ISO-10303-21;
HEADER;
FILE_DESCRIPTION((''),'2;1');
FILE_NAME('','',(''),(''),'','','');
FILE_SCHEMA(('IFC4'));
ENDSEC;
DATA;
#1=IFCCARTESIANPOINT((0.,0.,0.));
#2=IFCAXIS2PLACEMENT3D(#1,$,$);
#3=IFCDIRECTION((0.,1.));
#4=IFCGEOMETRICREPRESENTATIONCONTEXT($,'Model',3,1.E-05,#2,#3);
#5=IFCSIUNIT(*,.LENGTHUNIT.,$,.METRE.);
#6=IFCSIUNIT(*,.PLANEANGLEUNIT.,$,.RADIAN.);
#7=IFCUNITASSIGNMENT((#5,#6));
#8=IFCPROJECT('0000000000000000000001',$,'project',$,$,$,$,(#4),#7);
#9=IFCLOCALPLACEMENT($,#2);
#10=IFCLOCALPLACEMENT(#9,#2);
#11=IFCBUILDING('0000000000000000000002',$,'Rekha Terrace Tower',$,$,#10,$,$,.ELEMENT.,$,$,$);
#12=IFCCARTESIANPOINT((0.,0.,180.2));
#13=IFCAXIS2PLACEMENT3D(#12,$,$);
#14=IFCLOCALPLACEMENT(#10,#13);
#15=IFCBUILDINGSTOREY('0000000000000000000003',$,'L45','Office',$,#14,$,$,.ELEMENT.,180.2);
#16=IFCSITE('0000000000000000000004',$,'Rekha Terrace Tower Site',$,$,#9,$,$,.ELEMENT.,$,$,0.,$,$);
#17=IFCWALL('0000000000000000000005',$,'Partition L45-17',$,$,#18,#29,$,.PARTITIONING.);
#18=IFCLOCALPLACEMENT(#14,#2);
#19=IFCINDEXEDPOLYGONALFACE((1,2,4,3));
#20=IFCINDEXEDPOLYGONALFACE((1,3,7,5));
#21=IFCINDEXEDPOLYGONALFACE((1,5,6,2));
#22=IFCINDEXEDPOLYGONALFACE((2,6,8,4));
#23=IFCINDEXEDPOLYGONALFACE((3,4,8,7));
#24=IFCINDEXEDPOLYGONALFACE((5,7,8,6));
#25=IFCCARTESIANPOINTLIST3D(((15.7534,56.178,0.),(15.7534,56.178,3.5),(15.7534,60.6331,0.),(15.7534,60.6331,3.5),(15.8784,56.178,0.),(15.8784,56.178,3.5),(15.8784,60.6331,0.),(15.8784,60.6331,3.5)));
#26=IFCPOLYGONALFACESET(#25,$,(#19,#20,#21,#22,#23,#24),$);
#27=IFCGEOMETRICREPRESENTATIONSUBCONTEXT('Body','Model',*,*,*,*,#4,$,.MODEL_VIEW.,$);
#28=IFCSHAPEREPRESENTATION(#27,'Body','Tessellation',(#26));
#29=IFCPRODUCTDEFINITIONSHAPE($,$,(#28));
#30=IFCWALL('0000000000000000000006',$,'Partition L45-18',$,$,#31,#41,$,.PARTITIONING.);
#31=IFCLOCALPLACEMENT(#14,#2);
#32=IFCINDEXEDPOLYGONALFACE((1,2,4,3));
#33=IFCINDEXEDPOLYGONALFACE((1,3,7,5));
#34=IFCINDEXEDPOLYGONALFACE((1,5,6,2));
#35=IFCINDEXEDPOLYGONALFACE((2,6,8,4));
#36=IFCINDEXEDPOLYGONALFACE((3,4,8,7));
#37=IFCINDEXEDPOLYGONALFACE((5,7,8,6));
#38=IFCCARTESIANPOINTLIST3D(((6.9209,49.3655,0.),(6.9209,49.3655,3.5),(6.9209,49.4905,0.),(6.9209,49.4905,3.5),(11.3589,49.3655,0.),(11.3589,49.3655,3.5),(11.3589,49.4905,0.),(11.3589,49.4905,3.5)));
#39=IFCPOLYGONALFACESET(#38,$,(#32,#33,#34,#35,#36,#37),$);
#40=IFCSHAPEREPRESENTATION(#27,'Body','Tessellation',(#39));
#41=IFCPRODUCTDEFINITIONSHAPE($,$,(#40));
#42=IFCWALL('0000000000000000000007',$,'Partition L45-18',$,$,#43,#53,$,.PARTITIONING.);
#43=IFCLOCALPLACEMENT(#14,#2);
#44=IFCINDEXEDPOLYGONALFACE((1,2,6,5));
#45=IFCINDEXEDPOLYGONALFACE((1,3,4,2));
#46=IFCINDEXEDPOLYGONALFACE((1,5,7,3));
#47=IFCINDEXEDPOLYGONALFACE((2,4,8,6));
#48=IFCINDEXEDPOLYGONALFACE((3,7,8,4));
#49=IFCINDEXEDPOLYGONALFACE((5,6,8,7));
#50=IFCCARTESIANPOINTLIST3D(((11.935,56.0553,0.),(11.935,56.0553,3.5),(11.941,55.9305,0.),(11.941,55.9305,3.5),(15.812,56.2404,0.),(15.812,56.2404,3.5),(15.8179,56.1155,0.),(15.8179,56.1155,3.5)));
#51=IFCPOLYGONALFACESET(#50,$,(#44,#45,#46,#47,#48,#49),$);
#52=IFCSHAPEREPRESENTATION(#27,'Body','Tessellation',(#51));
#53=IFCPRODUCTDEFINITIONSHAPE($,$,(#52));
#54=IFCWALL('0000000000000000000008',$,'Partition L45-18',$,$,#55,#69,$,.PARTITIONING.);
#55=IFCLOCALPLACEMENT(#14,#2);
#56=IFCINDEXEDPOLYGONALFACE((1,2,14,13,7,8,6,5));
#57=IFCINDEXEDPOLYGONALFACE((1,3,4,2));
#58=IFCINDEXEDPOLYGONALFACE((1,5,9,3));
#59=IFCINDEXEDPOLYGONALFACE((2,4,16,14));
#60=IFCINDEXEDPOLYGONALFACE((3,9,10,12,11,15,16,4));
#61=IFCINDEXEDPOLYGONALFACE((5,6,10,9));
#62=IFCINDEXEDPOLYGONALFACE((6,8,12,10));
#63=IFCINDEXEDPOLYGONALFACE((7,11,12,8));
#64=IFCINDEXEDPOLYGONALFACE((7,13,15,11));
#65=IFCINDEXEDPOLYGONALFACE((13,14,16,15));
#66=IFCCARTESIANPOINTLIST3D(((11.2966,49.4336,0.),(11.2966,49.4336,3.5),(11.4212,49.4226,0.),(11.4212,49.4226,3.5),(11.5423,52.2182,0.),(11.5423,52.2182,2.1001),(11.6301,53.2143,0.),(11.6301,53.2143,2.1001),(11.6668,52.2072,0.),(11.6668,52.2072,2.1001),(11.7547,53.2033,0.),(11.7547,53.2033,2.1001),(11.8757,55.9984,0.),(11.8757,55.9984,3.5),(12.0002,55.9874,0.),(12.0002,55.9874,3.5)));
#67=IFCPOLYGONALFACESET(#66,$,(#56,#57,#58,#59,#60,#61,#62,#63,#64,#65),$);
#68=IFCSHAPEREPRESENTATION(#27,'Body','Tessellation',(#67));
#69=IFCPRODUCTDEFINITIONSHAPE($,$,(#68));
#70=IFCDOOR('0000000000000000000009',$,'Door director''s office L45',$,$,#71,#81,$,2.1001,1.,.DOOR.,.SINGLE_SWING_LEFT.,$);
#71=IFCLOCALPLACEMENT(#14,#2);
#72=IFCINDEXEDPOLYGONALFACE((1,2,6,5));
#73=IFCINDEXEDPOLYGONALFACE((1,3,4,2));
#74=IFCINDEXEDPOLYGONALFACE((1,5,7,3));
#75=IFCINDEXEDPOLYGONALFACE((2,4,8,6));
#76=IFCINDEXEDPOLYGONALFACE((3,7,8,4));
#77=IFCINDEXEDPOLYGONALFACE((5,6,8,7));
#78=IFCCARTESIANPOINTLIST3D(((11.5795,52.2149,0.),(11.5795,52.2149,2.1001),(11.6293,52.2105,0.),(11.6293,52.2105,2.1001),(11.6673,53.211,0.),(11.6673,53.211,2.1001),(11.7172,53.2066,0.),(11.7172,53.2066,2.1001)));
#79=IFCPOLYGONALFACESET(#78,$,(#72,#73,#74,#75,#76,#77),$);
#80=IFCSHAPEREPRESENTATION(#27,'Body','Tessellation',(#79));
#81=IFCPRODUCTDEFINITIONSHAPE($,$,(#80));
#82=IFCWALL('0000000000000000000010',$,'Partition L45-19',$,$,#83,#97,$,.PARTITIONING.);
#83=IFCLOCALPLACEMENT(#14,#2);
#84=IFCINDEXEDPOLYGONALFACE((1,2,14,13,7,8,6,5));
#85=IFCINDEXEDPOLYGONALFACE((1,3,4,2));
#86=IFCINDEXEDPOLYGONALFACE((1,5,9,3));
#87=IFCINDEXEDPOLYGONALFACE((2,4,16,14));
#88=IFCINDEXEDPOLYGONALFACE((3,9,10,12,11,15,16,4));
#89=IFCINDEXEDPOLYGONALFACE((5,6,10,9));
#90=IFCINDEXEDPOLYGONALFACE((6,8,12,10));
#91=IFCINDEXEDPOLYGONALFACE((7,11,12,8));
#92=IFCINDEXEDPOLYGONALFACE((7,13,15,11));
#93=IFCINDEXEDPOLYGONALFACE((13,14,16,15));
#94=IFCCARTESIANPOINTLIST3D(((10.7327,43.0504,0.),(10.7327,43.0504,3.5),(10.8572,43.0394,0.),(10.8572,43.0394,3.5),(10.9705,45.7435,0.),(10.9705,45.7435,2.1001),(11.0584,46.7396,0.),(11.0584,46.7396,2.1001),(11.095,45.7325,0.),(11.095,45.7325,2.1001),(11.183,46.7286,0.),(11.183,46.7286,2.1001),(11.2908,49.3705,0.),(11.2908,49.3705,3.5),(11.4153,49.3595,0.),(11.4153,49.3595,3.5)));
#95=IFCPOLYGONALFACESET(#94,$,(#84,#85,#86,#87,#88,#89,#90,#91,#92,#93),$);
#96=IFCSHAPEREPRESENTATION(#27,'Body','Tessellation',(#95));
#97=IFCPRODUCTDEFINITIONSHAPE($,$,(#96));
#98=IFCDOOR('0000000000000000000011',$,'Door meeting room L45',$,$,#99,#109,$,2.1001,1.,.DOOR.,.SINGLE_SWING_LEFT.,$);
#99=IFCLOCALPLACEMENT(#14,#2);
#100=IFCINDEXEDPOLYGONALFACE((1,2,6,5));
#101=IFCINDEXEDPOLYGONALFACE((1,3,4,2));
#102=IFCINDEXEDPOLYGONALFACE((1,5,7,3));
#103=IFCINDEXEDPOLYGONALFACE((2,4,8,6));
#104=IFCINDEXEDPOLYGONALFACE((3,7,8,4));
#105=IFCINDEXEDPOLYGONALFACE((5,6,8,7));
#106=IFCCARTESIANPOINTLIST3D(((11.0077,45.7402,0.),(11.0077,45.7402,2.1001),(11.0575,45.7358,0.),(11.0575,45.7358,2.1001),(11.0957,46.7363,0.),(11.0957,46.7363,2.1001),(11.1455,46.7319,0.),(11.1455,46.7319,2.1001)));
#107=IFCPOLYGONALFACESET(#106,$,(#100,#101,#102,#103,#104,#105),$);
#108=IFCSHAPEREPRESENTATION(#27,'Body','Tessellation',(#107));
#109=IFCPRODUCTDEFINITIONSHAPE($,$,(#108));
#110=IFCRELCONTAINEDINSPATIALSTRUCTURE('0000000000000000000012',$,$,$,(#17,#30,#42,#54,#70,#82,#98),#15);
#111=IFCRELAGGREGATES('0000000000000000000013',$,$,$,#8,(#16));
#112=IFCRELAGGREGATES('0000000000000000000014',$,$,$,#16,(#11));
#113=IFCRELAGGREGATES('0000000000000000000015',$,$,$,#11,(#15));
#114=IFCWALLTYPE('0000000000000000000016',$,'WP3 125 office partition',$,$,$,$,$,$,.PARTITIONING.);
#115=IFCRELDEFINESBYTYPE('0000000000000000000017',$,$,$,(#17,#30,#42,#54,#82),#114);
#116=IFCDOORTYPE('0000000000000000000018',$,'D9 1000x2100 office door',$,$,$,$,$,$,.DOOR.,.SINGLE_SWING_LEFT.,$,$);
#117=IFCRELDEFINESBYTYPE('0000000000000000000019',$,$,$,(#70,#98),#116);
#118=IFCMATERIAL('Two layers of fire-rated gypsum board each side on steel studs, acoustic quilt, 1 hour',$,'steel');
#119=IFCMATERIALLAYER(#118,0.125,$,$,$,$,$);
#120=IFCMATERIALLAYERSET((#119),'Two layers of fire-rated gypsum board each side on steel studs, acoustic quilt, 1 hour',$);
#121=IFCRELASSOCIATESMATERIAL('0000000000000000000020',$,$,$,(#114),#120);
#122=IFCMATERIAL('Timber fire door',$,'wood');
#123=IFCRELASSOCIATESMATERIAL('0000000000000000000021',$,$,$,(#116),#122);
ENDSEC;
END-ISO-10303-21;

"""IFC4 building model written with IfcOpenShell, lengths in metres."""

from ifc_helpers import new_model, si_unit, direction, frame, frame_2d, origin, place, context, subcontext, project, spatial, rectangle, extrude, material, layer, layer_set, type_object, element, fill, save


model = new_model("IFC4")

# Units and contexts
model_context = context("Model", 3, precision=1e-05, world=origin(), true_north=direction((0.0, 1.0)))
body_context = subcontext(model_context, "Body", "Model", "MODEL_VIEW")
ifc_project = project(units=[si_unit("LENGTHUNIT", "METRE"), si_unit("PLANEANGLEUNIT", "RADIAN")], contexts=[model_context])

# Site, building, storey
site_placement = place(None, origin())
site = spatial("IfcSite", under=ifc_project, at=site_placement, Name="Rekha Terrace Tower Site", CompositionType="ELEMENT", RefElevation=0.0)
building_placement = place(site_placement, origin())
building = spatial("IfcBuilding", under=site, at=building_placement, Name="Rekha Terrace Tower", CompositionType="ELEMENT")
storey_placement = place(building_placement, frame((0.0, 0.0, 180.2)))
storey = spatial("IfcBuildingStorey", under=building, at=storey_placement, Name="L45", Description="Office", CompositionType="ELEMENT", Elevation=180.2)

# Walls
ifc_material_1 = material(Name="Two layers of fire-rated gypsum board each side on steel studs, acoustic quilt, 1 hour", Category="steel")
ifc_layer_1 = layer(ifc_material_1, 0.125)
ifc_layer_set_1 = layer_set([ifc_layer_1], Name="Two layers of fire-rated gypsum board each side on steel studs, acoustic quilt, 1 hour")
wall_type = type_object("IfcWallType", Name="WP3 125 office partition", PredefinedType="PARTITIONING", material=ifc_layer_set_1)
wall_1_placement = place(storey_placement, frame((15.8159, 56.178, 0.0), z_axis=(0.0, 0.0, 1.0), x_axis=(0.0, 1.0, 0.0)))
element("IfcWall", 1, at=wall_1_placement, inside=storey, type_object=wall_type, Name="Partition L45-17", PredefinedType="PARTITIONING", context=body_context, shape_type="SweptSolid", body=[
    extrude(rectangle(XDim=4.4551, YDim=0.125, at=frame_2d((2.2275, 0.0))), origin(), (0.0, 0.0, 1.0), 3.5),
])
wall_2_placement = place(storey_placement, frame((11.3589, 49.428, 0.0), z_axis=(0.0, 0.0, 1.0), x_axis=(-1.0, 0.0, 0.0)))
element("IfcWall", 2, at=wall_2_placement, inside=storey, type_object=wall_type, Name="Partition L45-18", PredefinedType="PARTITIONING", context=body_context, shape_type="SweptSolid", body=[
    extrude(rectangle(XDim=4.438, YDim=0.125, at=frame_2d((2.219, 0.0))), origin(), (0.0, 0.0, 1.0), 3.5),
])
wall_3_placement = place(storey_placement, frame((15.8149, 56.178, 0.0), z_axis=(0.0, 0.0, 1.0), x_axis=(-0.998863, -0.047679, 0.0)))
element("IfcWall", 3, at=wall_3_placement, inside=storey, type_object=wall_type, Name="Partition L45-18", PredefinedType="PARTITIONING", context=body_context, shape_type="SweptSolid", body=[
    extrude(rectangle(XDim=3.8813, YDim=0.125, at=frame_2d((1.9407, 0.0))), origin(), (0.0, 0.0, 1.0), 3.5),
])

# Walls, openings, doors
wall_4_placement = place(storey_placement, frame((11.938, 55.9929, 0.0), z_axis=(0.0, 0.0, 1.0), x_axis=(-0.08787, -0.996132, 0.0)))
wall_4 = element("IfcWall", 4, at=wall_4_placement, inside=storey, type_object=wall_type, Name="Partition L45-18", PredefinedType="PARTITIONING", context=body_context, shape_type="SweptSolid", body=[
    extrude(rectangle(XDim=6.5903, YDim=0.125, at=frame_2d((3.2952, 0.0))), origin(), (0.0, 0.0, 1.0), 3.5),
])
opening_1_placement = place(wall_4_placement, frame((2.7949, 0.0, 0.0)))
opening_1 = element("IfcOpeningElement", 5, at=opening_1_placement, cuts=wall_4, PredefinedType="OPENING", context=body_context, shape_type="SweptSolid", body=[
    extrude(rectangle(XDim=1.0, YDim=2.1001, at=frame_2d((0.5, 1.05))), frame((0.0, 0.0725, 0.0), z_axis=(0.0, -1.0, 0.0), x_axis=(1.0, 0.0, 0.0)), (0.0, 0.0, 1.0), 0.145),
])
ifc_material_2 = material(Name="Timber fire door", Category="wood")
door_type = type_object("IfcDoorType", Name="D9 1000x2100 office door", OperationType="SINGLE_SWING_LEFT", PredefinedType="DOOR", material=ifc_material_2)
door_1_placement = place(opening_1_placement, origin())
door_1 = element("IfcDoor", 6, at=door_1_placement, inside=storey, type_object=door_type, Name="Door director's office L45", OperationType="SINGLE_SWING_LEFT", OverallHeight=2.1001, OverallWidth=1.0, PredefinedType="DOOR", context=body_context, shape_type="SweptSolid", body=[
    extrude(rectangle(XDim=1.0, YDim=2.1001, at=frame_2d((0.5, 1.05))), frame((0.0, 0.0249, 0.0), z_axis=(0.0, -1.0, 0.0), x_axis=(1.0, 0.0, 0.0)), (0.0, 0.0, 1.0), 0.05),
])
fill(opening_1, door_1)
wall_5_placement = place(storey_placement, frame((11.353, 49.365, 0.0), z_axis=(0.0, 0.0, 1.0), x_axis=(-0.087965, -0.996124, 0.0)))
wall_5 = element("IfcWall", 7, at=wall_5_placement, inside=storey, type_object=wall_type, Name="Partition L45-19", PredefinedType="PARTITIONING", context=body_context, shape_type="SweptSolid", body=[
    extrude(rectangle(XDim=6.3447, YDim=0.125, at=frame_2d((3.1724, 0.0))), origin(), (0.0, 0.0, 1.0), 3.5),
])
opening_2_placement = place(wall_5_placement, frame((2.6411, 0.0, 0.0)))
opening_2 = element("IfcOpeningElement", 8, at=opening_2_placement, cuts=wall_5, PredefinedType="OPENING", context=body_context, shape_type="SweptSolid", body=[
    extrude(rectangle(XDim=1.0, YDim=2.1001, at=frame_2d((0.5, 1.05))), frame((0.0, 0.0725, 0.0), z_axis=(0.0, -1.0, 0.0), x_axis=(1.0, 0.0, 0.0)), (0.0, 0.0, 1.0), 0.145),
])
door_2_placement = place(opening_2_placement, origin())
door_2 = element("IfcDoor", 9, at=door_2_placement, inside=storey, type_object=door_type, Name="Door meeting room L45", OperationType="SINGLE_SWING_LEFT", OverallHeight=2.1001, OverallWidth=1.0, PredefinedType="DOOR", context=body_context, shape_type="SweptSolid", body=[
    extrude(rectangle(XDim=1.0, YDim=2.1001, at=frame_2d((0.5, 1.05))), frame((0.0, 0.0249, 0.0), z_axis=(0.0, -1.0, 0.0), x_axis=(1.0, 0.0, 0.0)), (0.0, 0.0, 1.0), 0.05),
])
fill(opening_2, door_2)

save(model, "model.ifc")
